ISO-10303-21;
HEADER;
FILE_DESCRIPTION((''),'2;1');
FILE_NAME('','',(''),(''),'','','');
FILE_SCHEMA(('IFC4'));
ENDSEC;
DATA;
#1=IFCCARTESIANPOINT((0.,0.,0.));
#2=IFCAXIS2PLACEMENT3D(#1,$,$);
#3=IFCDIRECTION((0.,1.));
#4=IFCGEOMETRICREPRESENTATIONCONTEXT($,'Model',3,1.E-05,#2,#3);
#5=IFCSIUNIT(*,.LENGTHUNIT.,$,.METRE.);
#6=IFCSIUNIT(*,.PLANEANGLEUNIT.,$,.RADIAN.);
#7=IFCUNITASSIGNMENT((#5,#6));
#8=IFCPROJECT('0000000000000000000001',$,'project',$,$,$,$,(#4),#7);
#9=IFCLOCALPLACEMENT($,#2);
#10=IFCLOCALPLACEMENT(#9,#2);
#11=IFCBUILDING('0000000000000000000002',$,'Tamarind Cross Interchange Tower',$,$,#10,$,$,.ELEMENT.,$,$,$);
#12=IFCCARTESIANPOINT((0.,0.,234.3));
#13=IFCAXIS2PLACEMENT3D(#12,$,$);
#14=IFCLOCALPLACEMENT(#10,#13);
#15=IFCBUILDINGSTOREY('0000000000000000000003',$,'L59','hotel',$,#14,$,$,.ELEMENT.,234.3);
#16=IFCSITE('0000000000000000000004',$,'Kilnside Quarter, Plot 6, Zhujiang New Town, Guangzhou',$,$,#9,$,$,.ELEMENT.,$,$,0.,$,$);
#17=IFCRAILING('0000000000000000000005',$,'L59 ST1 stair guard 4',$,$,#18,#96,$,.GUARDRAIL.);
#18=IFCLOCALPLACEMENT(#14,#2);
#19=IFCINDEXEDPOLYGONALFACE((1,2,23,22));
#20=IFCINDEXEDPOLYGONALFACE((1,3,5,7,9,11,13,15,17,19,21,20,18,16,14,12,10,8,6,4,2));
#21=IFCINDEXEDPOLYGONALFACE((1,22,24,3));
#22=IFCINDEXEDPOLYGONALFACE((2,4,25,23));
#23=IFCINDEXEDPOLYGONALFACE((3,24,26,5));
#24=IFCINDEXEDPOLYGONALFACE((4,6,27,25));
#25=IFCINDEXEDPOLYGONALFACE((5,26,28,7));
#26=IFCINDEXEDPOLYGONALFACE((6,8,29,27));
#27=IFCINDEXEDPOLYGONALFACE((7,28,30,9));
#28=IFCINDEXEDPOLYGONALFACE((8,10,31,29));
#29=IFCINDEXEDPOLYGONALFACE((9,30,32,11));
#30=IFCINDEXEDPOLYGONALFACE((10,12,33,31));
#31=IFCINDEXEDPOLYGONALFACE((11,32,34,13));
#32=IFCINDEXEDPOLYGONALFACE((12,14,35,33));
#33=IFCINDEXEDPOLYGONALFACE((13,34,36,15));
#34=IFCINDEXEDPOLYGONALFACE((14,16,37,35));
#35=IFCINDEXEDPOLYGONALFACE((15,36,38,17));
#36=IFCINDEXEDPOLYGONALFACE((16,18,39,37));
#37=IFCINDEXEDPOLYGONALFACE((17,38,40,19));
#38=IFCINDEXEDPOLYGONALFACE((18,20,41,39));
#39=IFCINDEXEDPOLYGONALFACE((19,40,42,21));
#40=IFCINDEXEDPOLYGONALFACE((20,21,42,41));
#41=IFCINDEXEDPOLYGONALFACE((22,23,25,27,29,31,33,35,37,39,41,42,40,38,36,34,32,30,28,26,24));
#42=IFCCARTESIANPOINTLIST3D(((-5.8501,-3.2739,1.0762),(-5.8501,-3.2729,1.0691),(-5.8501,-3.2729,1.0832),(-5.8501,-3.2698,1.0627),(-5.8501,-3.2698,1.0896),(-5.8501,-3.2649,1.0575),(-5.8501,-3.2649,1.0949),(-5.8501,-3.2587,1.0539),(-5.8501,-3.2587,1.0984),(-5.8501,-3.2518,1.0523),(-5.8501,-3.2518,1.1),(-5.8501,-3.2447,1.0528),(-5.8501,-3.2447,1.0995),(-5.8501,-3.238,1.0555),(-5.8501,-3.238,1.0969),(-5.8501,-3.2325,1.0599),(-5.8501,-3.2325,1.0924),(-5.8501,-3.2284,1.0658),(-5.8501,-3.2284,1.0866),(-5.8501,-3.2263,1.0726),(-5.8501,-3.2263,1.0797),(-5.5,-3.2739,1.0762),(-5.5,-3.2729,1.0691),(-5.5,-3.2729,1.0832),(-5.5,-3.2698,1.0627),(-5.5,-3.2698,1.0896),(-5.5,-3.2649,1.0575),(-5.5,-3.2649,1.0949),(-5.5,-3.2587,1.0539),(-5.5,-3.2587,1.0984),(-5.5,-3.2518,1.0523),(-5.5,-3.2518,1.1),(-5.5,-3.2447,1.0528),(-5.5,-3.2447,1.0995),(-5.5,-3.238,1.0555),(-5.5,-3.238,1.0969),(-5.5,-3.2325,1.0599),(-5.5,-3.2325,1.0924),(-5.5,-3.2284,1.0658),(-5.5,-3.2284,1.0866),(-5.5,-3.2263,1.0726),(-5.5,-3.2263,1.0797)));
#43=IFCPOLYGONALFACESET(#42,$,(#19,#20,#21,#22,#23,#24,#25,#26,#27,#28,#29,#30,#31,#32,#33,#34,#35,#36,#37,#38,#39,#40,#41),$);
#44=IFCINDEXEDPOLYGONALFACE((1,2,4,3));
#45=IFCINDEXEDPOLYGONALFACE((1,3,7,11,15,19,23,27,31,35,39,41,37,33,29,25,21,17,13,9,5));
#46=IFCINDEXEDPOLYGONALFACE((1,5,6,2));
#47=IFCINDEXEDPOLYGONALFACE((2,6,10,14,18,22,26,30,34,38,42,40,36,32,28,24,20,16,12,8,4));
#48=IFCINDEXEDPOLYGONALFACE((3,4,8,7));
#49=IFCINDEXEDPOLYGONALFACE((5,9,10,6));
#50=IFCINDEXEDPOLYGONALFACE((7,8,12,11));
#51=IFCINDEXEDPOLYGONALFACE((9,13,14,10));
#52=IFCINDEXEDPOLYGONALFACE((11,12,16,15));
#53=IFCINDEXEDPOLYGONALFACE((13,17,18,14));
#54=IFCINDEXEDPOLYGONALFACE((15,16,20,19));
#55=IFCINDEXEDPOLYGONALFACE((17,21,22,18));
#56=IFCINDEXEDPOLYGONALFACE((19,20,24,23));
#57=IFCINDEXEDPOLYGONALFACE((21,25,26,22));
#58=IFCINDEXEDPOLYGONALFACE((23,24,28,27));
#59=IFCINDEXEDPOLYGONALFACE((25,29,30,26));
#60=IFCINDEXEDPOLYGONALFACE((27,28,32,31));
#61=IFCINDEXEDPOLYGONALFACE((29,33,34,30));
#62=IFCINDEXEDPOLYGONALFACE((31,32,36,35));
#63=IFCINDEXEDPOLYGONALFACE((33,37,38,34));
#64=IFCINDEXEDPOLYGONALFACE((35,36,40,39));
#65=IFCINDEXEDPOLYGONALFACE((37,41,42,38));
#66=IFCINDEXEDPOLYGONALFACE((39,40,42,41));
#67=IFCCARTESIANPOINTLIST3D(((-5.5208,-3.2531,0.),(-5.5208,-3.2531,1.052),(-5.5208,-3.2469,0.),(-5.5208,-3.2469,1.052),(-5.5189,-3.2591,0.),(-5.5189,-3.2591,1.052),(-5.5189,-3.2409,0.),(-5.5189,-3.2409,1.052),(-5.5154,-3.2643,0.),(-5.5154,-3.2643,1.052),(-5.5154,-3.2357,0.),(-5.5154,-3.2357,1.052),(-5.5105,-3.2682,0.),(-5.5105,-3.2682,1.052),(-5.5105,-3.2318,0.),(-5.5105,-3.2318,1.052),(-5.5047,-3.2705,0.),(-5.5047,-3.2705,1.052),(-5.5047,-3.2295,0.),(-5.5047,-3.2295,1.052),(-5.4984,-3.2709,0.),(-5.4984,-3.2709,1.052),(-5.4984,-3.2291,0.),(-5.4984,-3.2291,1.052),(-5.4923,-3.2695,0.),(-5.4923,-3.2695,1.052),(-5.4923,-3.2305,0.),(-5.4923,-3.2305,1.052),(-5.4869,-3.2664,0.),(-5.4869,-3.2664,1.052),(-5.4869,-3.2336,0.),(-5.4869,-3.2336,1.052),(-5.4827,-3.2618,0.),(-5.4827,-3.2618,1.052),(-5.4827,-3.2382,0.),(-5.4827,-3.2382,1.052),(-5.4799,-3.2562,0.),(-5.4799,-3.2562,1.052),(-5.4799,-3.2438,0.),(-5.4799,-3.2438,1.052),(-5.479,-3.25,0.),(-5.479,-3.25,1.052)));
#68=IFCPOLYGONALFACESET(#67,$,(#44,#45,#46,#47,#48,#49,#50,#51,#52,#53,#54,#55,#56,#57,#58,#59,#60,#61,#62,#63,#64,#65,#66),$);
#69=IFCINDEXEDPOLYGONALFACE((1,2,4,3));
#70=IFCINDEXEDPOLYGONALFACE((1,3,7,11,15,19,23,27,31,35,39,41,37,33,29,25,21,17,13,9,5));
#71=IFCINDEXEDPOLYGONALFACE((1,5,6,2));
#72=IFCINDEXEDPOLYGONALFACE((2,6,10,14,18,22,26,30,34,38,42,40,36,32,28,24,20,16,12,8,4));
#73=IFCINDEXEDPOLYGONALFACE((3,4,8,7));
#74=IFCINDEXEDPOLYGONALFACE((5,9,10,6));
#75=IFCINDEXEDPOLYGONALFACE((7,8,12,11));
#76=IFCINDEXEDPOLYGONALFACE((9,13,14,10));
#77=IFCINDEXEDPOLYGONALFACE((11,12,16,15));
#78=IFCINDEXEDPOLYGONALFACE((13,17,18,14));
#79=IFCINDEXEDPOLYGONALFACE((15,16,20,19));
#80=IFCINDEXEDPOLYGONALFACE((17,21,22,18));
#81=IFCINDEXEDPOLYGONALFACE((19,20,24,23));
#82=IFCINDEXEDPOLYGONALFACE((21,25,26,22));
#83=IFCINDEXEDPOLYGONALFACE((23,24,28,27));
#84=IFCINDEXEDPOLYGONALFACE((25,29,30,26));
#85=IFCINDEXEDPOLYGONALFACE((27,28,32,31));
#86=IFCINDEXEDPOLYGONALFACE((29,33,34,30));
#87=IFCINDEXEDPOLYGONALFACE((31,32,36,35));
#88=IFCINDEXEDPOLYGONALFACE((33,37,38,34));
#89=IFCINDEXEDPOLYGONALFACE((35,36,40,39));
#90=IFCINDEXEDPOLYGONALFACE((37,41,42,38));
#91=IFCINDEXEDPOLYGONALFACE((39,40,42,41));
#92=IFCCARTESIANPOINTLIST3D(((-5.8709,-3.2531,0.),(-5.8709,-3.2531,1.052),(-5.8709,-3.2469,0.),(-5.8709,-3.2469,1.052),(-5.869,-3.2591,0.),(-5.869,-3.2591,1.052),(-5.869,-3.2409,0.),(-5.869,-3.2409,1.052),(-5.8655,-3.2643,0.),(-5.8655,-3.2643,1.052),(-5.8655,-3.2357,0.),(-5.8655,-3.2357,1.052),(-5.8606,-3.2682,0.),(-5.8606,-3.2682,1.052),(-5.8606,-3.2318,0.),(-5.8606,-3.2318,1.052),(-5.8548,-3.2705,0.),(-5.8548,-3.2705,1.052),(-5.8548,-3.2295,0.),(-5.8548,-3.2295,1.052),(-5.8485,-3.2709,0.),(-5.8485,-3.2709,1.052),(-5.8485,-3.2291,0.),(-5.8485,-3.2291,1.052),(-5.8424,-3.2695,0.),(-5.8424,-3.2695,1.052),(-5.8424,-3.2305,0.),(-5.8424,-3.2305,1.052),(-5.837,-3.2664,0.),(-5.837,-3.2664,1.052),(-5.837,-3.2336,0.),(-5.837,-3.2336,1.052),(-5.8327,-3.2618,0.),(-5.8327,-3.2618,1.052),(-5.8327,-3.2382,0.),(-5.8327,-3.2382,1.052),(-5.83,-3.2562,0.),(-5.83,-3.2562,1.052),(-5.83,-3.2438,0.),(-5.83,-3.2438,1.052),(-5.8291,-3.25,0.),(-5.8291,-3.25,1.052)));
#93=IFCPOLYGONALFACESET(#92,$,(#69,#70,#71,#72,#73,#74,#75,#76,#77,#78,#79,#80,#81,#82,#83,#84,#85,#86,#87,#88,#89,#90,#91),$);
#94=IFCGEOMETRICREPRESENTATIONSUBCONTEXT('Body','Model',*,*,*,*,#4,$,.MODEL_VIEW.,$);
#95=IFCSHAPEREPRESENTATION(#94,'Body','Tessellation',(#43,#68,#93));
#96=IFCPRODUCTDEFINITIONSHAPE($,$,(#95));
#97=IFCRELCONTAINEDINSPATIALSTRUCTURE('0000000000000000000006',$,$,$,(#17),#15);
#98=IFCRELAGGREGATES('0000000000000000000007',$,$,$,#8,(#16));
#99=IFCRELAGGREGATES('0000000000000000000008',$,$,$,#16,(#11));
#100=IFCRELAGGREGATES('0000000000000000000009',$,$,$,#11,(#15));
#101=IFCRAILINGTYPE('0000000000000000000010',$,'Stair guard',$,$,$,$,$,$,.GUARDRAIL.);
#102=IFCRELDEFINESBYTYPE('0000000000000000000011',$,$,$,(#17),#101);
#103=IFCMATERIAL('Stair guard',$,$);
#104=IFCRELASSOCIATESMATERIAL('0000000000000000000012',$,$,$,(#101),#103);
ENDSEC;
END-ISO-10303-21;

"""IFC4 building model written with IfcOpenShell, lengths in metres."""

from ifc_helpers import new_model, si_unit, direction, frame, origin, origin_2d, place, context, subcontext, project, spatial, circle, extrude, material, type_object, element, save


model = new_model("IFC4")

# Units and contexts
model_context = context("Model", 3, precision=1e-05, world=origin(), true_north=direction((0.0, 1.0)))
body_context = subcontext(model_context, "Body", "Model", "MODEL_VIEW")
ifc_project = project(units=[si_unit("LENGTHUNIT", "METRE"), si_unit("PLANEANGLEUNIT", "RADIAN")], contexts=[model_context])

# Site, building, storey
site_placement = place(None, origin())
site = spatial("IfcSite", under=ifc_project, at=site_placement, Name="Kilnside Quarter, Plot 6, Zhujiang New Town, Guangzhou", CompositionType="ELEMENT", RefElevation=0.0)
building_placement = place(site_placement, origin())
building = spatial("IfcBuilding", under=site, at=building_placement, Name="Tamarind Cross Interchange Tower", CompositionType="ELEMENT")
storey_placement = place(building_placement, frame((0.0, 0.0, 234.3)))
storey = spatial("IfcBuildingStorey", under=building, at=storey_placement, Name="L59", Description="hotel", CompositionType="ELEMENT", Elevation=234.3)

# Railing
ifc_material_1 = material(Name="Stair guard")
railing_type_1 = type_object("IfcRailingType", Name="Stair guard", PredefinedType="GUARDRAIL", material=ifc_material_1)
railing_1_placement = place(storey_placement, frame((-5.5, -3.25, 0.0)))
element("IfcRailing", 1, at=railing_1_placement, inside=storey, type_object=railing_type_1, Name="L59 ST1 stair guard 4", PredefinedType="GUARDRAIL", context=body_context, shape_type="SweptSolid", body=[
    extrude(circle(Radius=0.0239, at=origin_2d()), frame((0.0, 0.0, 1.0762), z_axis=(-1.0, 0.0, 0.0), x_axis=(0.0, -1.0, 0.0)), (0.0, 0.0, 1.0), 0.3501),
    extrude(circle(Radius=0.021, at=origin_2d()), origin(), (0.0, 0.0, 1.0), 1.052),
    extrude(circle(Radius=0.021, at=origin_2d()), frame((-0.3501, 0.0, 0.0)), (0.0, 0.0, 1.0), 1.052),
])

save(model, "model.ifc")
